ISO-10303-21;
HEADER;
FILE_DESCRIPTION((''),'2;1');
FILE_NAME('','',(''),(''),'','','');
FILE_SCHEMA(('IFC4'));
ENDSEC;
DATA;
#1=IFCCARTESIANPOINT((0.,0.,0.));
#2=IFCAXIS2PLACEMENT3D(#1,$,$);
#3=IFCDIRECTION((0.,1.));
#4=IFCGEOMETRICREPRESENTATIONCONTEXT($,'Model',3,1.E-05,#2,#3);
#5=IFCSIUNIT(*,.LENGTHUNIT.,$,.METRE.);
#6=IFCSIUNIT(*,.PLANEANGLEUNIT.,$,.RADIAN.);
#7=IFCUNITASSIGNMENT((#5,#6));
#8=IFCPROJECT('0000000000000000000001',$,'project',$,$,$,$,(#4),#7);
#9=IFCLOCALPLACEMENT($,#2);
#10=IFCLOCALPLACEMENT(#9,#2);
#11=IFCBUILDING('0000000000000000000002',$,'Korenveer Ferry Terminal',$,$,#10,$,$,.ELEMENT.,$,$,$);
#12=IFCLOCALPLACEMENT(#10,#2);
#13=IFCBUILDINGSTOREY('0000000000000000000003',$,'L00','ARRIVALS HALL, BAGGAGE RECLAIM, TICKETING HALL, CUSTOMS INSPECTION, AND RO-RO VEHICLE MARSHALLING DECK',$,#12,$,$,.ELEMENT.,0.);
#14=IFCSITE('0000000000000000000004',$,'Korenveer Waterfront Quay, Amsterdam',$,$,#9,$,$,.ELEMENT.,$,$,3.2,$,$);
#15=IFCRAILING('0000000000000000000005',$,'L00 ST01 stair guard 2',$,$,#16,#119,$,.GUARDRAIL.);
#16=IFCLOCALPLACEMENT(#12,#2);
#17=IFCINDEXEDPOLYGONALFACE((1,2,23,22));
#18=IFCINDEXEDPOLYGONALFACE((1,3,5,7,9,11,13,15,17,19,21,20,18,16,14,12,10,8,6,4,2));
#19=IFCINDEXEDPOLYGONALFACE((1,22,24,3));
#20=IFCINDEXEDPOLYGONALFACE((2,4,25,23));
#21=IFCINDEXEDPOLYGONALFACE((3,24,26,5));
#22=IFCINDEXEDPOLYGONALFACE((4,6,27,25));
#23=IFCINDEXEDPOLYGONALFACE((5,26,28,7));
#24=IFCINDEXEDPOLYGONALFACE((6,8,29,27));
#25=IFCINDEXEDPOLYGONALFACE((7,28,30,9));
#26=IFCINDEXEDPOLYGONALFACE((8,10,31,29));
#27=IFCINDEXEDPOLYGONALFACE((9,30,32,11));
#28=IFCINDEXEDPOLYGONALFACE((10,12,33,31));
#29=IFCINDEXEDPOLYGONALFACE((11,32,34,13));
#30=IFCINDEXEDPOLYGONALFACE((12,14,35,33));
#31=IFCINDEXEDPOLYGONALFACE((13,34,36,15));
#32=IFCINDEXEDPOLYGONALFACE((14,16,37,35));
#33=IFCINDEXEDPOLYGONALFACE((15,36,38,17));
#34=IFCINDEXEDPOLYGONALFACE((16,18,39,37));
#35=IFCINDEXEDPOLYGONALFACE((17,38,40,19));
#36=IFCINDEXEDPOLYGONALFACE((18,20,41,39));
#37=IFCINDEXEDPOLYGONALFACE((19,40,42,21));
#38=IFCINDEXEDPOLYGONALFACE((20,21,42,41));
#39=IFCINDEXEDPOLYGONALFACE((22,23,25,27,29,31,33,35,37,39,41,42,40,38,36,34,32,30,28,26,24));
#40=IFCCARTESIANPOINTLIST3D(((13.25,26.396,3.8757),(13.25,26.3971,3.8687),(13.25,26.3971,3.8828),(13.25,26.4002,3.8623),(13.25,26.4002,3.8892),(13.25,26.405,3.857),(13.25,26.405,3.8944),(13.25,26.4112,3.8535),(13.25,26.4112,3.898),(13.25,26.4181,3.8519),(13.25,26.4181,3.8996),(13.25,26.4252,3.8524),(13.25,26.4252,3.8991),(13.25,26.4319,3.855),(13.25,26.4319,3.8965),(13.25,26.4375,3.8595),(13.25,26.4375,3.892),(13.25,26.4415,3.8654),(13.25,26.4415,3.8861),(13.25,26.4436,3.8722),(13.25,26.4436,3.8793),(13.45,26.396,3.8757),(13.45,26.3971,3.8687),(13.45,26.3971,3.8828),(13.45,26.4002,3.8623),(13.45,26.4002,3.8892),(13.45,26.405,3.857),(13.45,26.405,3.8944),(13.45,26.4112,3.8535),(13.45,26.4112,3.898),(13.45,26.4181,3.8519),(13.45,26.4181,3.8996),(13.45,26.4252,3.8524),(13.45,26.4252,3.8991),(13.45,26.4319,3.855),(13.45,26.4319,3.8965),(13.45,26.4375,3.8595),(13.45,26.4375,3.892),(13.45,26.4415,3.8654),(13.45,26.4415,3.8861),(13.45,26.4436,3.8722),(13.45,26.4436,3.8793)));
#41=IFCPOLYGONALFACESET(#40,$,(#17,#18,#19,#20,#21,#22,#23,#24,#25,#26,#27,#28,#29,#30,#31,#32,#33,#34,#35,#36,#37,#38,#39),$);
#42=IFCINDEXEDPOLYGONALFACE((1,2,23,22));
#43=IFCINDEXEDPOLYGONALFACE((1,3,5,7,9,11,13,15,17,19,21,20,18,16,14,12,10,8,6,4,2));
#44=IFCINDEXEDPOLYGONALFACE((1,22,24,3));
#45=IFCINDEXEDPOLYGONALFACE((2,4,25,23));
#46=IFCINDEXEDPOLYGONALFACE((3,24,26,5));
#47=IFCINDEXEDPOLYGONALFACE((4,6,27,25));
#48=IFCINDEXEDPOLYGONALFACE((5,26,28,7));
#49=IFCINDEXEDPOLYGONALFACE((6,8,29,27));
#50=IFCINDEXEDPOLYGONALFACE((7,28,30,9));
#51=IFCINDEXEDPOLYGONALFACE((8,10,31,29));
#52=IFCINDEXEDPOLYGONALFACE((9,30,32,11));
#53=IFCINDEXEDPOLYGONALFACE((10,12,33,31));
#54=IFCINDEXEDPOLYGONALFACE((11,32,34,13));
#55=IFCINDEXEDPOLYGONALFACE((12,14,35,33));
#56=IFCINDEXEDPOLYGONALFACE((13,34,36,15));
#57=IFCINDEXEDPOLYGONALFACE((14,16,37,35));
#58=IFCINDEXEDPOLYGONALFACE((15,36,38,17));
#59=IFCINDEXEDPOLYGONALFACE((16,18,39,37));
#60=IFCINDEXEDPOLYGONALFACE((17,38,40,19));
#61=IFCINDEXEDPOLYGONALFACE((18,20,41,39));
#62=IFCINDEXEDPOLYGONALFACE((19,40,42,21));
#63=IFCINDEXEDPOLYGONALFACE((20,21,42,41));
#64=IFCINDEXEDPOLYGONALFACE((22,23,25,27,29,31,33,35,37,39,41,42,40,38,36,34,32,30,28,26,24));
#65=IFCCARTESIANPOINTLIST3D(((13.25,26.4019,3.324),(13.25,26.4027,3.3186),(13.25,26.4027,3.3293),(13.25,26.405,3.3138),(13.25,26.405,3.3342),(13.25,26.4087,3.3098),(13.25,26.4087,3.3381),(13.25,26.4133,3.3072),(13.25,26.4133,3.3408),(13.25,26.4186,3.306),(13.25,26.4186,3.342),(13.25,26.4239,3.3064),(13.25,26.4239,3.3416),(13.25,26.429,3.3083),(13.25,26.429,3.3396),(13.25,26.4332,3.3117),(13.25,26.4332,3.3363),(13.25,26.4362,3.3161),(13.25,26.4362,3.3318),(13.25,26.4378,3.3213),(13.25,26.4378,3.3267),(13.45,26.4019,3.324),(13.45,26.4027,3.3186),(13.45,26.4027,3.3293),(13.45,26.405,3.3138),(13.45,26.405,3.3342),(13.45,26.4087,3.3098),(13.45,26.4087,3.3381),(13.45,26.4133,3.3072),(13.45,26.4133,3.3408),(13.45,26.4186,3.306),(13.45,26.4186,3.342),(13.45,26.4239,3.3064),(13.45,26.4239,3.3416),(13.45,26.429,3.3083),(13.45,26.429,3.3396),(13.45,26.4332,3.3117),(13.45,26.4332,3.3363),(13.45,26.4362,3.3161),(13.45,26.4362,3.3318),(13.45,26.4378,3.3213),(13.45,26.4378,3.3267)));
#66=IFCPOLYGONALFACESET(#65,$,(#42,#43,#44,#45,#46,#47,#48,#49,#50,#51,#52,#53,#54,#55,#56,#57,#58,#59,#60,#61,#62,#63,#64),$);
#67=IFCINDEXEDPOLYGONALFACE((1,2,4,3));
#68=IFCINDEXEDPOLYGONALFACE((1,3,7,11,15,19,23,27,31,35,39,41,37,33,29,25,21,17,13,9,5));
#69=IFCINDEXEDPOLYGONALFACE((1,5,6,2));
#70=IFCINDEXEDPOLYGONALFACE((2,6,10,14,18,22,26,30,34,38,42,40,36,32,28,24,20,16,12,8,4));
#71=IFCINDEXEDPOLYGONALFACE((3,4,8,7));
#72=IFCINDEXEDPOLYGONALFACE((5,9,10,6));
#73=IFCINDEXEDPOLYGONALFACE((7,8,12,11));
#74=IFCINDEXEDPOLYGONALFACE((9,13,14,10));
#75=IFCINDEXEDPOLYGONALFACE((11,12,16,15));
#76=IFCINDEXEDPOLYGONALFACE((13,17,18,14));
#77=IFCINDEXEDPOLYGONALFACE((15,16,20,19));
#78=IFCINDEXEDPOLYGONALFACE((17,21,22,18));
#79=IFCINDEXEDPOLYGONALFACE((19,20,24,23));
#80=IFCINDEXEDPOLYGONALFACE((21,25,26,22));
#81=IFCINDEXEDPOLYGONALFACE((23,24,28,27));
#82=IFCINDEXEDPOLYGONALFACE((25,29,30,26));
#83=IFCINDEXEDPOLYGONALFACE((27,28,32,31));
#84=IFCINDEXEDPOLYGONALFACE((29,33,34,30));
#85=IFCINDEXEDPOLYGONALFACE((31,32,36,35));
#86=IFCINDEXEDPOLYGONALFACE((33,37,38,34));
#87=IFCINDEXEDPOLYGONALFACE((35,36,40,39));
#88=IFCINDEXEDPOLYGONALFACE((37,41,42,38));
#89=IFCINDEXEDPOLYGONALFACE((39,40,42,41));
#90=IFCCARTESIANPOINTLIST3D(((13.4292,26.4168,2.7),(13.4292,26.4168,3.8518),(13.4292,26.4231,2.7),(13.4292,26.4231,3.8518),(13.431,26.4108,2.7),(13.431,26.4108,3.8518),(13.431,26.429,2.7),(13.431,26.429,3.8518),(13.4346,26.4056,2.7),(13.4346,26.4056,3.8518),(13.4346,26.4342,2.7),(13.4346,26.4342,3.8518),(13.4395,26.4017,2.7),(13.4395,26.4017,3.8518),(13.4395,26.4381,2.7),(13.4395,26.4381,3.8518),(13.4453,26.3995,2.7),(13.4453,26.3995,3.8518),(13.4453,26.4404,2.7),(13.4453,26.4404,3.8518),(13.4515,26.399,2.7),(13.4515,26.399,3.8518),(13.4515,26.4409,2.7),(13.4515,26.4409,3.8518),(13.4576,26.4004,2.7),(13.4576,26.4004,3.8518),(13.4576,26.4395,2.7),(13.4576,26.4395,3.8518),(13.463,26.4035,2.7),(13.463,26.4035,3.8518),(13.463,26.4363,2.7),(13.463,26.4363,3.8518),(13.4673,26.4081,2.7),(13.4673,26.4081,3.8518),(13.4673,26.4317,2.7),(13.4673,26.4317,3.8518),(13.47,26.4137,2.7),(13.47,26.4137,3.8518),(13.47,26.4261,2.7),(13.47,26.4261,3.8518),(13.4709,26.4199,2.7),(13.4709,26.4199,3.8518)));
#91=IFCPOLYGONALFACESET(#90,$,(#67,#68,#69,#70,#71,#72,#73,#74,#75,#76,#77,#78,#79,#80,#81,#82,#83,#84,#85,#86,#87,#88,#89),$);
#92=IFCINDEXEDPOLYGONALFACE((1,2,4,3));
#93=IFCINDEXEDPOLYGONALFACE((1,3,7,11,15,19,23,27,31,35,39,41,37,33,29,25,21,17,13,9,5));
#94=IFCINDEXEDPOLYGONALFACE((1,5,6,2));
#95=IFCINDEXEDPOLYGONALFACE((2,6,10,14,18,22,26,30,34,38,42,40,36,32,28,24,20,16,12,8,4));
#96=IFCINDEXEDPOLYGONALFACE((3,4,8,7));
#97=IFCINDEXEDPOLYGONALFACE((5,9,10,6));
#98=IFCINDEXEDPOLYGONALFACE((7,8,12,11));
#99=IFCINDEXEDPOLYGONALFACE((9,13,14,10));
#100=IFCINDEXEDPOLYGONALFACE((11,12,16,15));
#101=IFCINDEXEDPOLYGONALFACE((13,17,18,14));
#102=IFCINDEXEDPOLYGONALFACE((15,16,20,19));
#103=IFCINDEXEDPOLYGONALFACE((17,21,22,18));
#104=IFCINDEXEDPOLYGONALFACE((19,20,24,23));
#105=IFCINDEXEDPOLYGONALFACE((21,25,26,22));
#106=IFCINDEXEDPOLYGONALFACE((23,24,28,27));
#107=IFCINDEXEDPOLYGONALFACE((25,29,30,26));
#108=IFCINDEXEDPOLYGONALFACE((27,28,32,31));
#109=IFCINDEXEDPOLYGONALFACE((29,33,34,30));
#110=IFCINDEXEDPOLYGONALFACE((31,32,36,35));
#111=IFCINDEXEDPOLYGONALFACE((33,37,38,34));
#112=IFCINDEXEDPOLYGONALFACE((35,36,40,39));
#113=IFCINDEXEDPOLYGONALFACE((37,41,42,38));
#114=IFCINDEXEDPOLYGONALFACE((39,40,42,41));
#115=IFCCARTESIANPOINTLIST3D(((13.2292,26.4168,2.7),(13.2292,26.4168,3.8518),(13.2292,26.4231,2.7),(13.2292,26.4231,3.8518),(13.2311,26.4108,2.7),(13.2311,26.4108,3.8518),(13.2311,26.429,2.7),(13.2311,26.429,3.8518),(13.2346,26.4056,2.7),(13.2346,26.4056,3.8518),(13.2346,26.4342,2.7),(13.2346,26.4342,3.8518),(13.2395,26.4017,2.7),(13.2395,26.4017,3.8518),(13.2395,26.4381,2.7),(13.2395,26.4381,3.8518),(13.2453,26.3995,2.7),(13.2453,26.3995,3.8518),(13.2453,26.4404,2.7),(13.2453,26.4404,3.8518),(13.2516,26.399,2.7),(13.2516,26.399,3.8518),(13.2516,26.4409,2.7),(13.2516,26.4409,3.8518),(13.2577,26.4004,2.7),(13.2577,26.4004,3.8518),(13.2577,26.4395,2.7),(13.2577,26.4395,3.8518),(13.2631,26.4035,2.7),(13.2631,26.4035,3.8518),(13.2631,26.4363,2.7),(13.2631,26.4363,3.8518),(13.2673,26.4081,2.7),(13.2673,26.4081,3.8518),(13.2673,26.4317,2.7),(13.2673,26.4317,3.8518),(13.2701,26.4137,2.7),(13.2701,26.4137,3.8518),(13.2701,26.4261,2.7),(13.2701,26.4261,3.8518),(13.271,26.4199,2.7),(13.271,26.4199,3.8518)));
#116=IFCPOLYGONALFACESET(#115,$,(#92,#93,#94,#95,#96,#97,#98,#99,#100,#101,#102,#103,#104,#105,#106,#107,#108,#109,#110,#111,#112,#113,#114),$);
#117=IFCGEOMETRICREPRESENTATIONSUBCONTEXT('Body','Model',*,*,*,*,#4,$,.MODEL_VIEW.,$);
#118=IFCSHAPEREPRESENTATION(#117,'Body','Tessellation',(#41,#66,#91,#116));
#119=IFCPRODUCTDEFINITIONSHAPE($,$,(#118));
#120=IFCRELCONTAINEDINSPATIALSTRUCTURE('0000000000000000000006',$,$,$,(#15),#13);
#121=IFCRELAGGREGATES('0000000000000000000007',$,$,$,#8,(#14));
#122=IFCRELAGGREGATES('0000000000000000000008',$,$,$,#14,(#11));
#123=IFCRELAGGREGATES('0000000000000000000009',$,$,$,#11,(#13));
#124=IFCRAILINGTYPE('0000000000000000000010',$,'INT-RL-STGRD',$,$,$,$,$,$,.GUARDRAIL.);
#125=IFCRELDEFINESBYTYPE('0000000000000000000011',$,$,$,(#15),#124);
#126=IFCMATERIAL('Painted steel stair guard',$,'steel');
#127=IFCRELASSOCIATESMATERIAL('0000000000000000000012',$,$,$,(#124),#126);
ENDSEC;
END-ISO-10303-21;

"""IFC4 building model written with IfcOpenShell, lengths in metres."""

from ifc_helpers import new_model, si_unit, direction, frame, origin, origin_2d, place, context, subcontext, project, spatial, circle, extrude, material, type_object, element, save


model = new_model("IFC4")

# Units and contexts
model_context = context("Model", 3, precision=1e-05, world=origin(), true_north=direction((0.0, 1.0)))
body_context = subcontext(model_context, "Body", "Model", "MODEL_VIEW")
ifc_project = project(units=[si_unit("LENGTHUNIT", "METRE"), si_unit("PLANEANGLEUNIT", "RADIAN")], contexts=[model_context])

# Site, building, storey
site_placement = place(None, origin())
site = spatial("IfcSite", under=ifc_project, at=site_placement, Name="Korenveer Waterfront Quay, Amsterdam", CompositionType="ELEMENT", RefElevation=3.2)
building_placement = place(site_placement, origin())
building = spatial("IfcBuilding", under=site, at=building_placement, Name="Korenveer Ferry Terminal", CompositionType="ELEMENT")
storey_placement = place(building_placement, origin())
storey = spatial("IfcBuildingStorey", under=building, at=storey_placement, Name="L00", Description="ARRIVALS HALL, BAGGAGE RECLAIM, TICKETING HALL, CUSTOMS INSPECTION, AND RO-RO VEHICLE MARSHALLING DECK", CompositionType="ELEMENT", Elevation=0.0)

# Railing
ifc_material_1 = material(Name="Painted steel stair guard", Category="steel")
railing_type_1 = type_object("IfcRailingType", Name="INT-RL-STGRD", PredefinedType="GUARDRAIL", material=ifc_material_1)
railing_1_placement = place(storey_placement, frame((13.45, 26.4199, 2.7)))
element("IfcRailing", 1, at=railing_1_placement, inside=storey, type_object=railing_type_1, Name="L00 ST01 stair guard 2", PredefinedType="GUARDRAIL", context=body_context, shape_type="SweptSolid", body=[
    extrude(circle(Radius=0.0239, at=origin_2d()), frame((0.0, 0.0, 1.1758), z_axis=(-1.0, 0.0, 0.0), x_axis=(0.0, -1.0, 0.0)), (0.0, 0.0, 1.0), 0.2),
    extrude(circle(Radius=0.0181, at=origin_2d()), frame((0.0, 0.0, 0.624), z_axis=(-1.0, 0.0, 0.0), x_axis=(0.0, -1.0, 0.0)), (0.0, 0.0, 1.0), 0.2),
    extrude(circle(Radius=0.021, at=origin_2d()), origin(), (0.0, 0.0, 1.0), 1.1519),
    extrude(circle(Radius=0.021, at=origin_2d()), frame((-0.2, 0.0, 0.0)), (0.0, 0.0, 1.0), 1.1519),
])

save(model, "model.ifc")
